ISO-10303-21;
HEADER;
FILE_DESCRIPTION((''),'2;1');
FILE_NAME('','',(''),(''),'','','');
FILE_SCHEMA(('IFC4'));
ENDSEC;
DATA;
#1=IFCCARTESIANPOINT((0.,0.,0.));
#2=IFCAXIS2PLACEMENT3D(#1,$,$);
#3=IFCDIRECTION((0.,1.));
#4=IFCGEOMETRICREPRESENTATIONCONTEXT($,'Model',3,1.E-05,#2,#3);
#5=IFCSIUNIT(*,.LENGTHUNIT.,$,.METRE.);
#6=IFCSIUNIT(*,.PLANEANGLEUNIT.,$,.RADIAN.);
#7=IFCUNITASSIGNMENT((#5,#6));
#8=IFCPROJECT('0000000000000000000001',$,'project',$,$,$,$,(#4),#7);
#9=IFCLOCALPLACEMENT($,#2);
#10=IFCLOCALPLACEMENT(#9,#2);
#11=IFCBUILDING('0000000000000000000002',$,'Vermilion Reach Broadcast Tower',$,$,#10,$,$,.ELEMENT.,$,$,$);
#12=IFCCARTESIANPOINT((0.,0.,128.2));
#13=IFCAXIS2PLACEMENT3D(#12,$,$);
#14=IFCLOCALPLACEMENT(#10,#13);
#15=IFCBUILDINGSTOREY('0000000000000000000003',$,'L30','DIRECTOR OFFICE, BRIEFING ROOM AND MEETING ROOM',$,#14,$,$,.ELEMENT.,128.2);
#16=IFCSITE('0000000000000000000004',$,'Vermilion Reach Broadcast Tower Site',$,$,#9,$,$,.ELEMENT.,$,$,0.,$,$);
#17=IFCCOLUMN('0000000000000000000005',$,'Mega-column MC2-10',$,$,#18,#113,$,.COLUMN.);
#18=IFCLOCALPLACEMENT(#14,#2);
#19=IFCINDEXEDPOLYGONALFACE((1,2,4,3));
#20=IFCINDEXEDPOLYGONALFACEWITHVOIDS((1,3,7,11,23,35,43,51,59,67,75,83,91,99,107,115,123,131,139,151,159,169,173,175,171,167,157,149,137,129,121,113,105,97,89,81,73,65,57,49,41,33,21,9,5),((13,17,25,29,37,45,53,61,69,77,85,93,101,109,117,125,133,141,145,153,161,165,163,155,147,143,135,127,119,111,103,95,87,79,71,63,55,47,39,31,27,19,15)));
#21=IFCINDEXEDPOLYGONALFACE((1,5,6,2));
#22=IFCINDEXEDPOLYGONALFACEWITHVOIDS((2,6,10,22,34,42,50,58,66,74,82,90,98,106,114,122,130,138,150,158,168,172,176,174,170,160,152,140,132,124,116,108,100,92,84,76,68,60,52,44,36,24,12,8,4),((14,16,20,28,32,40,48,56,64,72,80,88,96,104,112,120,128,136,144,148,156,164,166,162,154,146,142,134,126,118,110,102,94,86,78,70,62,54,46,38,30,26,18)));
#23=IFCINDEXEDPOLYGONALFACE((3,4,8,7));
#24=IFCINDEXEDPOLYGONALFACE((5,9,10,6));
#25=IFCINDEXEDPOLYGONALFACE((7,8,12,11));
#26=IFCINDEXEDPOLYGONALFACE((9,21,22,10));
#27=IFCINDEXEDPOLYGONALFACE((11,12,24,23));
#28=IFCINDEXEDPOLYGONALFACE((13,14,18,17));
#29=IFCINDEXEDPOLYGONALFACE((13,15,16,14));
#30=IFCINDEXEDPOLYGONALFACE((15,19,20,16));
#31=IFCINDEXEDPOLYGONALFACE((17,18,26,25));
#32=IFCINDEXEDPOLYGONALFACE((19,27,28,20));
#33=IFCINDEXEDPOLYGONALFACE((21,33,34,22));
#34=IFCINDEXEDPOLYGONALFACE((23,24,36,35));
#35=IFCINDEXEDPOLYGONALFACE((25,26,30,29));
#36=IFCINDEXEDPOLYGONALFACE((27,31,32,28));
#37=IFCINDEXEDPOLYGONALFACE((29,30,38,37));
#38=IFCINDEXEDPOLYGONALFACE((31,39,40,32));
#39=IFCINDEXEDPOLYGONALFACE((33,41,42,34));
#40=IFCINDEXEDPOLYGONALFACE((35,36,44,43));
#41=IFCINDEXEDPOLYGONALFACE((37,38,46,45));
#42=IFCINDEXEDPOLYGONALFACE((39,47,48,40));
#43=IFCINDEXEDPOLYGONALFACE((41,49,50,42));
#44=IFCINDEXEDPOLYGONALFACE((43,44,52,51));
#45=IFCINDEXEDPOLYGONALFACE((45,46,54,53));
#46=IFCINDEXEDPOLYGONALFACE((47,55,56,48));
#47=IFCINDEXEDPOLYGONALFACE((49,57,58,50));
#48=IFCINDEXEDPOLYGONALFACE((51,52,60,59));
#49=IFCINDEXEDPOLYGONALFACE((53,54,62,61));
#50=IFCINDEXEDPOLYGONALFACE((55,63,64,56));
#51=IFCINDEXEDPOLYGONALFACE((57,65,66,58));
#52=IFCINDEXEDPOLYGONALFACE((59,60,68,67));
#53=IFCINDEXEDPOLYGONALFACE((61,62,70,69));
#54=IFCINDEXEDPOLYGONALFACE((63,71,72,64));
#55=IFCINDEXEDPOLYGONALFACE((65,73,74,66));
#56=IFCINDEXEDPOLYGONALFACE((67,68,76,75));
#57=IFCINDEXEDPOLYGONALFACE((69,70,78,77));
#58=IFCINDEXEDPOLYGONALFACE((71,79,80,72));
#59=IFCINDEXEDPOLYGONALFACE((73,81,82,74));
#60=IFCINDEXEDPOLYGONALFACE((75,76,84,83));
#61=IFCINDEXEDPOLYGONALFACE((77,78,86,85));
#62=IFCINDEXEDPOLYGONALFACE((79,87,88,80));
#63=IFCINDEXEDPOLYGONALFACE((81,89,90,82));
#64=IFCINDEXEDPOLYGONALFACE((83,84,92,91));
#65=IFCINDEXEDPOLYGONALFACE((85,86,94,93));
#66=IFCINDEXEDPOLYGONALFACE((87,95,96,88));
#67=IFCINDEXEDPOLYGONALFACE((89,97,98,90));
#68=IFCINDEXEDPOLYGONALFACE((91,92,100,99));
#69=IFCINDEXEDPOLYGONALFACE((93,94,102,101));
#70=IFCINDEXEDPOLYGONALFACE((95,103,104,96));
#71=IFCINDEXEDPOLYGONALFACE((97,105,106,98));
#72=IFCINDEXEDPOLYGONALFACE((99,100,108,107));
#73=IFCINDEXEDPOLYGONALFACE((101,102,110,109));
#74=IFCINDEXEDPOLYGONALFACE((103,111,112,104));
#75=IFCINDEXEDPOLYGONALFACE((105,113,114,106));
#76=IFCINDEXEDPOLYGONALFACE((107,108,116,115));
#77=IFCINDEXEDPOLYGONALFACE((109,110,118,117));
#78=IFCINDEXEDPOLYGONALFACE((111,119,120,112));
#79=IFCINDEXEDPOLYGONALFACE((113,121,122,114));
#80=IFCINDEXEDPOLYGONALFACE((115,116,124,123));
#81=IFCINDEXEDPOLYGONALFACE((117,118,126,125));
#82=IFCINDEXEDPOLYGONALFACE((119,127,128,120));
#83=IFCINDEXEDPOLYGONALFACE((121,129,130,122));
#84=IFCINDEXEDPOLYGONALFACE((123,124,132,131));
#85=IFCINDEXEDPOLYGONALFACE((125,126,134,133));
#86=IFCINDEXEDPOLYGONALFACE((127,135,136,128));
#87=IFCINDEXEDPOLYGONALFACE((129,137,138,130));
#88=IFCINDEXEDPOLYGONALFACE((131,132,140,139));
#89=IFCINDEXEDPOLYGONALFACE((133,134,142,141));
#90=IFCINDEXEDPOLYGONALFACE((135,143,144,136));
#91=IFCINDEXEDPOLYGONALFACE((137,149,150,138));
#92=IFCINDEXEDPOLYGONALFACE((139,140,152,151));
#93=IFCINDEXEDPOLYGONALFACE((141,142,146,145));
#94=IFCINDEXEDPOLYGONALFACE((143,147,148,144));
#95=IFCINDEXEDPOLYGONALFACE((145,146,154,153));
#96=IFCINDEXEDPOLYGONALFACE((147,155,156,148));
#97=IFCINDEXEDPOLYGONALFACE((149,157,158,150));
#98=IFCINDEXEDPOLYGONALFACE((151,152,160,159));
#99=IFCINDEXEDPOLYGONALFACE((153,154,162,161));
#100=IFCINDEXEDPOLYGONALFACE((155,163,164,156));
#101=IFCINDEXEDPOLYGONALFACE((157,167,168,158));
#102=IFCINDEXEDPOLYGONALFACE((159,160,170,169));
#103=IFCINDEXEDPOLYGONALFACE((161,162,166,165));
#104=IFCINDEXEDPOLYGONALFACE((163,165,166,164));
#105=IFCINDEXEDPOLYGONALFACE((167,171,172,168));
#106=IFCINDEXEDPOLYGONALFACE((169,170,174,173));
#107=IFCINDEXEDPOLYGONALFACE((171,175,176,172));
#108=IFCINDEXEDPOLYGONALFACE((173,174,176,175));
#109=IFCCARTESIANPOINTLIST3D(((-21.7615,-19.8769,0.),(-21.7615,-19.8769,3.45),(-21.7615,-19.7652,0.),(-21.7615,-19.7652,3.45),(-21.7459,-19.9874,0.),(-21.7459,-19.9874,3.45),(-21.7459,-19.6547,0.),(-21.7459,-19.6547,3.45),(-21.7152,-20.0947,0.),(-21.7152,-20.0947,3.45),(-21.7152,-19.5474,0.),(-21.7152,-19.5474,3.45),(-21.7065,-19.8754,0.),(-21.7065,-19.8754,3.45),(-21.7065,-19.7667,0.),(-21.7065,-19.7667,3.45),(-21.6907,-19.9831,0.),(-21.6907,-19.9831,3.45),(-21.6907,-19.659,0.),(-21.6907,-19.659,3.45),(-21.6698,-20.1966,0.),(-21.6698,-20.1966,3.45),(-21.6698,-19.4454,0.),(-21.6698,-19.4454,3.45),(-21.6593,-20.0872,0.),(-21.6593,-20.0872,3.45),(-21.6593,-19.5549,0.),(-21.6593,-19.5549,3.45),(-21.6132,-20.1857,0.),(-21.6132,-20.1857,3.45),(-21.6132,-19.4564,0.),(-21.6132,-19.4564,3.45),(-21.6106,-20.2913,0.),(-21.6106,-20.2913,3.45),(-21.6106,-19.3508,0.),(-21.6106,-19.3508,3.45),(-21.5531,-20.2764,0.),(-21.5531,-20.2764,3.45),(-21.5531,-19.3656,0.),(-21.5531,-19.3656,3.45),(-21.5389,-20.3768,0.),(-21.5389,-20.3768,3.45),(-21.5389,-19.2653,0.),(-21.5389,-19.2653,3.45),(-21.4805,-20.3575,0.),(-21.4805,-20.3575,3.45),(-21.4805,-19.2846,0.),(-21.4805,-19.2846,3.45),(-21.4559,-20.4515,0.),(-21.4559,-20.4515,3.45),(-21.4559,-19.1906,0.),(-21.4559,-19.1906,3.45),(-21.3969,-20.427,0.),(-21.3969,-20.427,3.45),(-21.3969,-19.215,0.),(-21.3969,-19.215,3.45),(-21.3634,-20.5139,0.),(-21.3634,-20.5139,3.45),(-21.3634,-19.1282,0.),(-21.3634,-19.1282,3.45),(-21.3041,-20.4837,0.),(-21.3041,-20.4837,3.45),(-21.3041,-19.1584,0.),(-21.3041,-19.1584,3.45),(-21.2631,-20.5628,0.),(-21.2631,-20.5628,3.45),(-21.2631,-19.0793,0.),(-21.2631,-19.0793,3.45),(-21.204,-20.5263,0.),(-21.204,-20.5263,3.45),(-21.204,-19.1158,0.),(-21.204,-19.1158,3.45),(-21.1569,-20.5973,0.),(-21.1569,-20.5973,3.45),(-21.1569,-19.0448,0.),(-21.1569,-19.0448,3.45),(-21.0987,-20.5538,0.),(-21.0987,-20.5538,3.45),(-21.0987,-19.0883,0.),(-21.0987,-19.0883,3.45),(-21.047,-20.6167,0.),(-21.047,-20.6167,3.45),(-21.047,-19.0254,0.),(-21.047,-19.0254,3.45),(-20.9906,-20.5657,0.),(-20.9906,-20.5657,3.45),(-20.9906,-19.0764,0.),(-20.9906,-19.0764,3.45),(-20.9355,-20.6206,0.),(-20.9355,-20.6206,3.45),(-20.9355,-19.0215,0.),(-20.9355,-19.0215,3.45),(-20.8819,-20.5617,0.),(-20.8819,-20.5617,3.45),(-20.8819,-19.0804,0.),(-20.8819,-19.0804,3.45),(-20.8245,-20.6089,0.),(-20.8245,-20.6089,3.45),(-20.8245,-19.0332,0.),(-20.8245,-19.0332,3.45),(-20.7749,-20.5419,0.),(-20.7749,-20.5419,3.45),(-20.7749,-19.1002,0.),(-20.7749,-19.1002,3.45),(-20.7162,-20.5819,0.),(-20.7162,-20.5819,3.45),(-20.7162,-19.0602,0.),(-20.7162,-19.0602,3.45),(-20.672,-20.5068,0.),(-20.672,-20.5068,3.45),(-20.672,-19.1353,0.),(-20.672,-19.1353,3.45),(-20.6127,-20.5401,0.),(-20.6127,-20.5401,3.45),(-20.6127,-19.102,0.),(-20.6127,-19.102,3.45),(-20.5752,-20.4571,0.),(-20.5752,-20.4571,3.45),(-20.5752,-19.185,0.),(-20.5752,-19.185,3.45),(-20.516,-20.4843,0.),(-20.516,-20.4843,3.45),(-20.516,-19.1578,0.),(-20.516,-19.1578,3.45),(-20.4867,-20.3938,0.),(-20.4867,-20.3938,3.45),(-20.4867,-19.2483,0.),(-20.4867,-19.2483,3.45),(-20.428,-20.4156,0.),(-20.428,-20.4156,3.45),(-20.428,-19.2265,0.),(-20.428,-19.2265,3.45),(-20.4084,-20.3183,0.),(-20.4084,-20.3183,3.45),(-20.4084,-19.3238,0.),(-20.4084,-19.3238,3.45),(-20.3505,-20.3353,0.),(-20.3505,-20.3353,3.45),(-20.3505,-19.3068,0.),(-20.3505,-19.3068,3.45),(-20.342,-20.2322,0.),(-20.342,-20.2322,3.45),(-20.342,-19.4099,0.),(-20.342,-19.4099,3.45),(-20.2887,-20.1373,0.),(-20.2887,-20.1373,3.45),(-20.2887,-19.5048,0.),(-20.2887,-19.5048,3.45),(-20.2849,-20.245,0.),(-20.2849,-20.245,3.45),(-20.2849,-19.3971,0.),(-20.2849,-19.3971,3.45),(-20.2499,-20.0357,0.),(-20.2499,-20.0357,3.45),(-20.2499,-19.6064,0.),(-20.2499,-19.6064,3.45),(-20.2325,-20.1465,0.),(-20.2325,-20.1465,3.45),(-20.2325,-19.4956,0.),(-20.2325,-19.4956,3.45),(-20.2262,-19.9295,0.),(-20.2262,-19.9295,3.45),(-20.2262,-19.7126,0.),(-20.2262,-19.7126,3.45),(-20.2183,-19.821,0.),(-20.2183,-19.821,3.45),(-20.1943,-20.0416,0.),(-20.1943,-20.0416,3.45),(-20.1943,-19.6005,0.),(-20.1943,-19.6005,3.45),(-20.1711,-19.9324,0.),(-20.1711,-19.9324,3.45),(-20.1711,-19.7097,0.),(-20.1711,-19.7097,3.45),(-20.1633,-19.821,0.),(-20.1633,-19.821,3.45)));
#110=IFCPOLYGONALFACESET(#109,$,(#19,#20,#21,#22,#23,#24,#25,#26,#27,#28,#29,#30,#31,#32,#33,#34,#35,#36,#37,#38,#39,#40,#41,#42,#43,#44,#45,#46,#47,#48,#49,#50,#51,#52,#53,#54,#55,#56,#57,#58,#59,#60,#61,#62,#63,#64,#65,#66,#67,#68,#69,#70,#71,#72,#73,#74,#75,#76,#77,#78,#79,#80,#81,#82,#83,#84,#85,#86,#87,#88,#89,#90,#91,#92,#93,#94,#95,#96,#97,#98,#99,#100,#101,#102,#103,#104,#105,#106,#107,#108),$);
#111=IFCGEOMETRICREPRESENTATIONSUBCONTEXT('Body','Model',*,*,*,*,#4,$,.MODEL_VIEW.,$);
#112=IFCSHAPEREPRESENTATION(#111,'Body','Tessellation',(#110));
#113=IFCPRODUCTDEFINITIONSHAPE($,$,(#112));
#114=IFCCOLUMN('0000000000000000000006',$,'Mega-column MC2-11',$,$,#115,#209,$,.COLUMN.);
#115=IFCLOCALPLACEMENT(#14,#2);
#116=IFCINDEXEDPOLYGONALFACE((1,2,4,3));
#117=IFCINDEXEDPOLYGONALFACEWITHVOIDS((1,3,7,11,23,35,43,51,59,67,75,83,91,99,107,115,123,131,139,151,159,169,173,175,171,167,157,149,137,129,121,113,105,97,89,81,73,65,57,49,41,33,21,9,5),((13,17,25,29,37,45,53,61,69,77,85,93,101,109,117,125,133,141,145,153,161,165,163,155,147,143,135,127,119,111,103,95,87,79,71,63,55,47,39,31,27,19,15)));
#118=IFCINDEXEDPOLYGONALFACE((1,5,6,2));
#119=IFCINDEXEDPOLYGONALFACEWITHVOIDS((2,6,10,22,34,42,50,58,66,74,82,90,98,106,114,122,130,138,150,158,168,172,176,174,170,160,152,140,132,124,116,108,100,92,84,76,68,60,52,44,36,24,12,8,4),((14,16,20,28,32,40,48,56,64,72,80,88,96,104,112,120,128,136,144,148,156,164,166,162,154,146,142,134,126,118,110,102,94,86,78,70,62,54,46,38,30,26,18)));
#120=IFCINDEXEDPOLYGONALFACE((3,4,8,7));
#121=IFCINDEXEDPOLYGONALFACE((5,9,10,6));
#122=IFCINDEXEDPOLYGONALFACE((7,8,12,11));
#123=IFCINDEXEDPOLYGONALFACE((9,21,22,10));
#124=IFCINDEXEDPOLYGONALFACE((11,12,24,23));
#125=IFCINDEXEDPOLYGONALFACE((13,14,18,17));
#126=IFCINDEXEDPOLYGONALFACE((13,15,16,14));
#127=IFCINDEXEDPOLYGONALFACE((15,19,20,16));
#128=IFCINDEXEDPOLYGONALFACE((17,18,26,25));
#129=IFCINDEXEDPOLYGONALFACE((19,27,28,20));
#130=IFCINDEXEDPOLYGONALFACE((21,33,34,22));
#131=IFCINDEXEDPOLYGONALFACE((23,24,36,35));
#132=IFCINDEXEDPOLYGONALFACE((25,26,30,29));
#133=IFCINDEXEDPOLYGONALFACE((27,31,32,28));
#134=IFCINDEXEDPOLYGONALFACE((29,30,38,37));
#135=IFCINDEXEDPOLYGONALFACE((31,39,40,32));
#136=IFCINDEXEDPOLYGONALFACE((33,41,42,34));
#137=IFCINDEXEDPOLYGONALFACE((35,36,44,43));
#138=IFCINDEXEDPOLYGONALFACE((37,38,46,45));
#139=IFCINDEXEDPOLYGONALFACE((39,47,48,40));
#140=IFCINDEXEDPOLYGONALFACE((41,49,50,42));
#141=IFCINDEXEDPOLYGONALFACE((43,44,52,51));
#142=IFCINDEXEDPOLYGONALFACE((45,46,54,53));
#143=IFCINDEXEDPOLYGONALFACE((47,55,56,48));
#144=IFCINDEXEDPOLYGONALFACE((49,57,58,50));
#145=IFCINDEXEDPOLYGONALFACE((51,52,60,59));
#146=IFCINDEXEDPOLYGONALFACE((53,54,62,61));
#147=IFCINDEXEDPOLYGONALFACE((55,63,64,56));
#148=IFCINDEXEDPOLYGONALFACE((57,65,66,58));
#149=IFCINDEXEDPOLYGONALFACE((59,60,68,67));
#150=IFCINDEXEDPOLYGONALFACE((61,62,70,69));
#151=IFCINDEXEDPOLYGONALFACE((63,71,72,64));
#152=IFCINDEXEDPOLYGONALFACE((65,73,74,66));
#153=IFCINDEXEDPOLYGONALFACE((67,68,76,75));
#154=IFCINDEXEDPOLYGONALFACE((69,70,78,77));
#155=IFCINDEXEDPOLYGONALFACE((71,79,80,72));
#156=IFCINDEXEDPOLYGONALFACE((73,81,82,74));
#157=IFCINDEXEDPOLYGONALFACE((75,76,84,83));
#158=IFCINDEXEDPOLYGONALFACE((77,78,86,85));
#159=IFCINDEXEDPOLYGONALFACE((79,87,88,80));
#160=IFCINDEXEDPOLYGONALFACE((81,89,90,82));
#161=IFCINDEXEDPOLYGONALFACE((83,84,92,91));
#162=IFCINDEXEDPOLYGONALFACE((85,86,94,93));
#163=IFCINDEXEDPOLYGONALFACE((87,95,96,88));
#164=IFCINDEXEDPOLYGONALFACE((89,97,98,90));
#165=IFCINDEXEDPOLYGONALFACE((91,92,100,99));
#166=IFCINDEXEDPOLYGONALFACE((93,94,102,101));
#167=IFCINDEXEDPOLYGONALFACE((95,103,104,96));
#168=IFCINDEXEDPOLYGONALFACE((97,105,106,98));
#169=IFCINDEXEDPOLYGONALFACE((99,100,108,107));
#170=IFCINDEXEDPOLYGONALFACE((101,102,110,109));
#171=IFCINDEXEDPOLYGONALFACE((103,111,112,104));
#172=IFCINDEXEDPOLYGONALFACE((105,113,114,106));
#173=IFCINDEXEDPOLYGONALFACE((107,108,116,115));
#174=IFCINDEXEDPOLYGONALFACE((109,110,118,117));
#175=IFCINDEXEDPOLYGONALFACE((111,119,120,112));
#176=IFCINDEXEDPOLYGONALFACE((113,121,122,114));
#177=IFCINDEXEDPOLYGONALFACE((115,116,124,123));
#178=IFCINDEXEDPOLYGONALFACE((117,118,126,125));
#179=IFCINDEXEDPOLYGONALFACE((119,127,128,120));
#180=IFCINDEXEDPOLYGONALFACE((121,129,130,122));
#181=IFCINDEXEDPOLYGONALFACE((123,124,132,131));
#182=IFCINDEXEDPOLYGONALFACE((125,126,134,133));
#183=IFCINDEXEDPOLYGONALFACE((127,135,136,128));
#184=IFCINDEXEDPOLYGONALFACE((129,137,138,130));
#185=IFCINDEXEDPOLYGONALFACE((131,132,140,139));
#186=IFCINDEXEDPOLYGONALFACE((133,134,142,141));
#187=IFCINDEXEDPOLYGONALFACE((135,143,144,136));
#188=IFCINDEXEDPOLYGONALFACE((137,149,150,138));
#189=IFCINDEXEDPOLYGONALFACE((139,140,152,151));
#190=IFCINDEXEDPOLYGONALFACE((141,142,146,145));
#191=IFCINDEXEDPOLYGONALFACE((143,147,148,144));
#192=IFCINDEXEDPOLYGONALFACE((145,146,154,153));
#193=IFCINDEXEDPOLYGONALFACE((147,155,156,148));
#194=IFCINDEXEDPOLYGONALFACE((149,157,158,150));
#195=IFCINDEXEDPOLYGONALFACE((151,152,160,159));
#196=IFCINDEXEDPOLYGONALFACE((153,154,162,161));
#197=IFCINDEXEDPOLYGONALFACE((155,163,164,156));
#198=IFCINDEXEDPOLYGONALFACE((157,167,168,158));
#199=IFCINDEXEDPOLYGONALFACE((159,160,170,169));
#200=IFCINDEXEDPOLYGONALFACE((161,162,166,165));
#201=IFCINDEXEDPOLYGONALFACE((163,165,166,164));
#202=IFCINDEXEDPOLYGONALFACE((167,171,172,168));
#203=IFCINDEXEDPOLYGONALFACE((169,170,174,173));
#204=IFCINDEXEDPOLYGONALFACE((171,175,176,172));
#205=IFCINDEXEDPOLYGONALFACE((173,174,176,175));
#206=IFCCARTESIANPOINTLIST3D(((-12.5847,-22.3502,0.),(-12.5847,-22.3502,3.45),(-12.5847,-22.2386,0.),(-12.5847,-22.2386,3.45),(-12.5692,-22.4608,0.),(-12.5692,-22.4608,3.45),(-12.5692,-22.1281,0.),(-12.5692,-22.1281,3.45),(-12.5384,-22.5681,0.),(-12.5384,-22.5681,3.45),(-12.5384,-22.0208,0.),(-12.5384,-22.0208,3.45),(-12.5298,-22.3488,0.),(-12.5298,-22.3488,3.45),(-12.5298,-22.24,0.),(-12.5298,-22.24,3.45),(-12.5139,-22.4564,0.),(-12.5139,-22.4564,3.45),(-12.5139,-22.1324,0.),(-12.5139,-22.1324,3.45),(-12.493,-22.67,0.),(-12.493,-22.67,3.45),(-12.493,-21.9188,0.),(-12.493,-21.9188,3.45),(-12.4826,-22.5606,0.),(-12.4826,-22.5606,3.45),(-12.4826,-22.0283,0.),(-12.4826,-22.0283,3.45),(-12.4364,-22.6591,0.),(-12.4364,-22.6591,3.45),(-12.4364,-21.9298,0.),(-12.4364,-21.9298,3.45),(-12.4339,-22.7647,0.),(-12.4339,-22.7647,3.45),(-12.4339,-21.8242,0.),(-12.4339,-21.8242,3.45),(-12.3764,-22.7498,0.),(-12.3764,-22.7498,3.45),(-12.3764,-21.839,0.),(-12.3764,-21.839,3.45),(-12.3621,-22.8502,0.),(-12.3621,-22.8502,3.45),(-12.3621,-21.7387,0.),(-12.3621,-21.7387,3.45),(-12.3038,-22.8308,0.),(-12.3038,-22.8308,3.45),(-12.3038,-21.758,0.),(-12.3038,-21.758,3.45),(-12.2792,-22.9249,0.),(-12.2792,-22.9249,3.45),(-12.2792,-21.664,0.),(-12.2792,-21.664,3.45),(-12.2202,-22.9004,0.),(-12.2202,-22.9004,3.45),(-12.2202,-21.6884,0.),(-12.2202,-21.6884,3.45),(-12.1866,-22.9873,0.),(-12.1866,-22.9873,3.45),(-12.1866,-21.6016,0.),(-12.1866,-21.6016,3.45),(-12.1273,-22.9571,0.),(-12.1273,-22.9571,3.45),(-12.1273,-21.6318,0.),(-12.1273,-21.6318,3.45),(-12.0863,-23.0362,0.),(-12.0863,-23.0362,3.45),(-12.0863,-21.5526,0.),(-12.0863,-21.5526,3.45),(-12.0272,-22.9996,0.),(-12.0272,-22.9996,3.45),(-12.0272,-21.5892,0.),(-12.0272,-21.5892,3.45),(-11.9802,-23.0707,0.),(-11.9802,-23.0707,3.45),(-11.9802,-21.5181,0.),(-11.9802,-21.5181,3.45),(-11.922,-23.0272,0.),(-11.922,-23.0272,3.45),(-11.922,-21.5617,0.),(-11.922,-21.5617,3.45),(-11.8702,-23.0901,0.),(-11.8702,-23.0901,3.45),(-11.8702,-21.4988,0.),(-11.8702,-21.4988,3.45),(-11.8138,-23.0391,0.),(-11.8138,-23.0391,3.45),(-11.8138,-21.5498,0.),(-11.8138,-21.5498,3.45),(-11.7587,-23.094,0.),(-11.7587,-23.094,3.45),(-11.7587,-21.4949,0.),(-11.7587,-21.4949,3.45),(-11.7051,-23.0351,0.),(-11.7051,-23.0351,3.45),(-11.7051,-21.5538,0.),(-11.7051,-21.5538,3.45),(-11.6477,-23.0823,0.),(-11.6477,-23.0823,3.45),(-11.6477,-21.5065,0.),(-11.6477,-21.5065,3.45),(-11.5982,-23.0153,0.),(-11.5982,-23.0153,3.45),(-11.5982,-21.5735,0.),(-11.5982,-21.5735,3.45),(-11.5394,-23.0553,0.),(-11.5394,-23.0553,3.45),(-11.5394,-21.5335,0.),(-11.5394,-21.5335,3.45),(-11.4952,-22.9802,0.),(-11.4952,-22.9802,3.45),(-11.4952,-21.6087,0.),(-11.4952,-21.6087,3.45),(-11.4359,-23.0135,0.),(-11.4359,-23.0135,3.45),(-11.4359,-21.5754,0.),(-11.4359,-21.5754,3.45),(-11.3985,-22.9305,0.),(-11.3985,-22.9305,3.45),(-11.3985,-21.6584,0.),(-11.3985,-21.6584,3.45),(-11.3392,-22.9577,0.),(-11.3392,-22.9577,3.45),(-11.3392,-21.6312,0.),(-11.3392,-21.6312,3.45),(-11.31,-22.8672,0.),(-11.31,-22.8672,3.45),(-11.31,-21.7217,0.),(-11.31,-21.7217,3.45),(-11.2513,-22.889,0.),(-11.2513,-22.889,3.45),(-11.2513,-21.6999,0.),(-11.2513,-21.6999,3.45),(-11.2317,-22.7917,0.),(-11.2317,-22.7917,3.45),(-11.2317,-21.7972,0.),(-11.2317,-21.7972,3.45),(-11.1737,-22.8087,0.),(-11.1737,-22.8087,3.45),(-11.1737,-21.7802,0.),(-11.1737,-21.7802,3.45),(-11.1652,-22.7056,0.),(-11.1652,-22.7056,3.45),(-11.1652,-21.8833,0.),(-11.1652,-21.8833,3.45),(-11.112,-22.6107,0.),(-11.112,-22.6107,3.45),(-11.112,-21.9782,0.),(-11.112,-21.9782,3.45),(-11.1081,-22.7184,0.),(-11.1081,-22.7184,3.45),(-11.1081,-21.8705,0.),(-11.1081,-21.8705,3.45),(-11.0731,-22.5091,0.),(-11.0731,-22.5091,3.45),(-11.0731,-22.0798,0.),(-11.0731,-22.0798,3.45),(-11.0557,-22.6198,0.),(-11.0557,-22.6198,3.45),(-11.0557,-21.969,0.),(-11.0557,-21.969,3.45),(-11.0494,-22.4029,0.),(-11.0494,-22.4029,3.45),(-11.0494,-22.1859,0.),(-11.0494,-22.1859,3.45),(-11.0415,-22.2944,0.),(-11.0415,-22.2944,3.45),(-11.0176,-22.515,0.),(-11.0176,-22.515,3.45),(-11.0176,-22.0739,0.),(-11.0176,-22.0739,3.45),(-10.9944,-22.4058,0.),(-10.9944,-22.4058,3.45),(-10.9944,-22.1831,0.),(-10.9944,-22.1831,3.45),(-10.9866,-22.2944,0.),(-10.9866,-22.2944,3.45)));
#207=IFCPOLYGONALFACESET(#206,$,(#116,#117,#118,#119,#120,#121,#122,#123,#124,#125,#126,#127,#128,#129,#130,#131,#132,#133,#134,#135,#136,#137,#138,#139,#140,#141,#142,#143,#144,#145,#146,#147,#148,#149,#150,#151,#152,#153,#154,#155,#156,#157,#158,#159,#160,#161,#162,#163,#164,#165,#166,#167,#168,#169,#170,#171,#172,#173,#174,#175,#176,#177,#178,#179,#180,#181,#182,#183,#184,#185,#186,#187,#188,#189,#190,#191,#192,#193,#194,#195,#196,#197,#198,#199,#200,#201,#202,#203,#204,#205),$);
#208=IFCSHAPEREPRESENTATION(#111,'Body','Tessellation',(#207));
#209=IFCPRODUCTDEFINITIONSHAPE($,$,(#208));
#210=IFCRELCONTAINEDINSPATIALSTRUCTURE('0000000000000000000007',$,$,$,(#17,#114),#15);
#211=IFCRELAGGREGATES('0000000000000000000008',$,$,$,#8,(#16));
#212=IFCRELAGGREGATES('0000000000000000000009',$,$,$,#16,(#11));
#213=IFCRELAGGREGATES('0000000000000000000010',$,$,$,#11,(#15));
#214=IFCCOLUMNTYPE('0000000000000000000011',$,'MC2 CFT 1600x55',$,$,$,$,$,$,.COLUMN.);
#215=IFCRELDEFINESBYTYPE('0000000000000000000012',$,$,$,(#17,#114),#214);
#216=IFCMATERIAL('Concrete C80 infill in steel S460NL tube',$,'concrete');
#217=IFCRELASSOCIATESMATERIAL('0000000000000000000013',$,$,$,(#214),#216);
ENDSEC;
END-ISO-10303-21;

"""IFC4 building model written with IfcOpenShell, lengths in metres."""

from ifc_helpers import new_model, si_unit, direction, frame, origin, origin_2d, place, context, subcontext, project, spatial, hollow_circle, extrude, material, material_profile, profile_set, type_object, element, save


model = new_model("IFC4")

# Units and contexts
model_context = context("Model", 3, precision=1e-05, world=origin(), true_north=direction((0.0, 1.0)))
body_context = subcontext(model_context, "Body", "Model", "MODEL_VIEW")
ifc_project = project(units=[si_unit("LENGTHUNIT", "METRE"), si_unit("PLANEANGLEUNIT", "RADIAN")], contexts=[model_context])

# Site, building, storey
site_placement = place(None, origin())
site = spatial("IfcSite", under=ifc_project, at=site_placement, Name="Vermilion Reach Broadcast Tower Site", CompositionType="ELEMENT", RefElevation=0.0)
building_placement = place(site_placement, origin())
building = spatial("IfcBuilding", under=site, at=building_placement, Name="Vermilion Reach Broadcast Tower", CompositionType="ELEMENT")
storey_placement = place(building_placement, frame((0.0, 0.0, 128.2)))
storey = spatial("IfcBuildingStorey", under=building, at=storey_placement, Name="L30", Description="DIRECTOR OFFICE, BRIEFING ROOM AND MEETING ROOM", CompositionType="ELEMENT", Elevation=128.2)

# Columns
ifc_material_1 = material(Name="Concrete C80 infill in steel S460NL tube", Category="concrete")
ifc_material_profile_1 = material_profile(ifc_material_1, hollow_circle(Radius=0.8, WallThickness=0.0549, at=origin_2d()), Name="Concrete C80 infill in steel S460NL tube CFT 1600x55")
ifc_profile_set_1 = profile_set([ifc_material_profile_1], Name="Concrete C80 infill in steel S460NL tube")
column_type = type_object("IfcColumnType", Name="MC2 CFT 1600x55", PredefinedType="COLUMN", material=ifc_profile_set_1)
for number, where, z_axis, x_axis, name in (
    (1, (-20.9634, -19.821, 0.0), (0.0, 0.0, 1.0), (1.0, 0.0, 0.0), "Mega-column MC2-10"),
    (2, (-11.7866, -22.2944, 0.0), (0.0, 0.0, 1.0), (1.0, 0.0, 0.0), "Mega-column MC2-11"),
):
    element("IfcColumn", number, at=place(storey_placement, frame(where, z_axis=z_axis, x_axis=x_axis)), inside=storey, type_object=column_type, Name=name, PredefinedType="COLUMN", context=body_context, shape_type="SweptSolid", body=[
        extrude(hollow_circle(Radius=0.8, WallThickness=0.0549, at=origin_2d()), origin(), (0.0, 0.0, 1.0), 3.45),
    ])

save(model, "model.ifc")
